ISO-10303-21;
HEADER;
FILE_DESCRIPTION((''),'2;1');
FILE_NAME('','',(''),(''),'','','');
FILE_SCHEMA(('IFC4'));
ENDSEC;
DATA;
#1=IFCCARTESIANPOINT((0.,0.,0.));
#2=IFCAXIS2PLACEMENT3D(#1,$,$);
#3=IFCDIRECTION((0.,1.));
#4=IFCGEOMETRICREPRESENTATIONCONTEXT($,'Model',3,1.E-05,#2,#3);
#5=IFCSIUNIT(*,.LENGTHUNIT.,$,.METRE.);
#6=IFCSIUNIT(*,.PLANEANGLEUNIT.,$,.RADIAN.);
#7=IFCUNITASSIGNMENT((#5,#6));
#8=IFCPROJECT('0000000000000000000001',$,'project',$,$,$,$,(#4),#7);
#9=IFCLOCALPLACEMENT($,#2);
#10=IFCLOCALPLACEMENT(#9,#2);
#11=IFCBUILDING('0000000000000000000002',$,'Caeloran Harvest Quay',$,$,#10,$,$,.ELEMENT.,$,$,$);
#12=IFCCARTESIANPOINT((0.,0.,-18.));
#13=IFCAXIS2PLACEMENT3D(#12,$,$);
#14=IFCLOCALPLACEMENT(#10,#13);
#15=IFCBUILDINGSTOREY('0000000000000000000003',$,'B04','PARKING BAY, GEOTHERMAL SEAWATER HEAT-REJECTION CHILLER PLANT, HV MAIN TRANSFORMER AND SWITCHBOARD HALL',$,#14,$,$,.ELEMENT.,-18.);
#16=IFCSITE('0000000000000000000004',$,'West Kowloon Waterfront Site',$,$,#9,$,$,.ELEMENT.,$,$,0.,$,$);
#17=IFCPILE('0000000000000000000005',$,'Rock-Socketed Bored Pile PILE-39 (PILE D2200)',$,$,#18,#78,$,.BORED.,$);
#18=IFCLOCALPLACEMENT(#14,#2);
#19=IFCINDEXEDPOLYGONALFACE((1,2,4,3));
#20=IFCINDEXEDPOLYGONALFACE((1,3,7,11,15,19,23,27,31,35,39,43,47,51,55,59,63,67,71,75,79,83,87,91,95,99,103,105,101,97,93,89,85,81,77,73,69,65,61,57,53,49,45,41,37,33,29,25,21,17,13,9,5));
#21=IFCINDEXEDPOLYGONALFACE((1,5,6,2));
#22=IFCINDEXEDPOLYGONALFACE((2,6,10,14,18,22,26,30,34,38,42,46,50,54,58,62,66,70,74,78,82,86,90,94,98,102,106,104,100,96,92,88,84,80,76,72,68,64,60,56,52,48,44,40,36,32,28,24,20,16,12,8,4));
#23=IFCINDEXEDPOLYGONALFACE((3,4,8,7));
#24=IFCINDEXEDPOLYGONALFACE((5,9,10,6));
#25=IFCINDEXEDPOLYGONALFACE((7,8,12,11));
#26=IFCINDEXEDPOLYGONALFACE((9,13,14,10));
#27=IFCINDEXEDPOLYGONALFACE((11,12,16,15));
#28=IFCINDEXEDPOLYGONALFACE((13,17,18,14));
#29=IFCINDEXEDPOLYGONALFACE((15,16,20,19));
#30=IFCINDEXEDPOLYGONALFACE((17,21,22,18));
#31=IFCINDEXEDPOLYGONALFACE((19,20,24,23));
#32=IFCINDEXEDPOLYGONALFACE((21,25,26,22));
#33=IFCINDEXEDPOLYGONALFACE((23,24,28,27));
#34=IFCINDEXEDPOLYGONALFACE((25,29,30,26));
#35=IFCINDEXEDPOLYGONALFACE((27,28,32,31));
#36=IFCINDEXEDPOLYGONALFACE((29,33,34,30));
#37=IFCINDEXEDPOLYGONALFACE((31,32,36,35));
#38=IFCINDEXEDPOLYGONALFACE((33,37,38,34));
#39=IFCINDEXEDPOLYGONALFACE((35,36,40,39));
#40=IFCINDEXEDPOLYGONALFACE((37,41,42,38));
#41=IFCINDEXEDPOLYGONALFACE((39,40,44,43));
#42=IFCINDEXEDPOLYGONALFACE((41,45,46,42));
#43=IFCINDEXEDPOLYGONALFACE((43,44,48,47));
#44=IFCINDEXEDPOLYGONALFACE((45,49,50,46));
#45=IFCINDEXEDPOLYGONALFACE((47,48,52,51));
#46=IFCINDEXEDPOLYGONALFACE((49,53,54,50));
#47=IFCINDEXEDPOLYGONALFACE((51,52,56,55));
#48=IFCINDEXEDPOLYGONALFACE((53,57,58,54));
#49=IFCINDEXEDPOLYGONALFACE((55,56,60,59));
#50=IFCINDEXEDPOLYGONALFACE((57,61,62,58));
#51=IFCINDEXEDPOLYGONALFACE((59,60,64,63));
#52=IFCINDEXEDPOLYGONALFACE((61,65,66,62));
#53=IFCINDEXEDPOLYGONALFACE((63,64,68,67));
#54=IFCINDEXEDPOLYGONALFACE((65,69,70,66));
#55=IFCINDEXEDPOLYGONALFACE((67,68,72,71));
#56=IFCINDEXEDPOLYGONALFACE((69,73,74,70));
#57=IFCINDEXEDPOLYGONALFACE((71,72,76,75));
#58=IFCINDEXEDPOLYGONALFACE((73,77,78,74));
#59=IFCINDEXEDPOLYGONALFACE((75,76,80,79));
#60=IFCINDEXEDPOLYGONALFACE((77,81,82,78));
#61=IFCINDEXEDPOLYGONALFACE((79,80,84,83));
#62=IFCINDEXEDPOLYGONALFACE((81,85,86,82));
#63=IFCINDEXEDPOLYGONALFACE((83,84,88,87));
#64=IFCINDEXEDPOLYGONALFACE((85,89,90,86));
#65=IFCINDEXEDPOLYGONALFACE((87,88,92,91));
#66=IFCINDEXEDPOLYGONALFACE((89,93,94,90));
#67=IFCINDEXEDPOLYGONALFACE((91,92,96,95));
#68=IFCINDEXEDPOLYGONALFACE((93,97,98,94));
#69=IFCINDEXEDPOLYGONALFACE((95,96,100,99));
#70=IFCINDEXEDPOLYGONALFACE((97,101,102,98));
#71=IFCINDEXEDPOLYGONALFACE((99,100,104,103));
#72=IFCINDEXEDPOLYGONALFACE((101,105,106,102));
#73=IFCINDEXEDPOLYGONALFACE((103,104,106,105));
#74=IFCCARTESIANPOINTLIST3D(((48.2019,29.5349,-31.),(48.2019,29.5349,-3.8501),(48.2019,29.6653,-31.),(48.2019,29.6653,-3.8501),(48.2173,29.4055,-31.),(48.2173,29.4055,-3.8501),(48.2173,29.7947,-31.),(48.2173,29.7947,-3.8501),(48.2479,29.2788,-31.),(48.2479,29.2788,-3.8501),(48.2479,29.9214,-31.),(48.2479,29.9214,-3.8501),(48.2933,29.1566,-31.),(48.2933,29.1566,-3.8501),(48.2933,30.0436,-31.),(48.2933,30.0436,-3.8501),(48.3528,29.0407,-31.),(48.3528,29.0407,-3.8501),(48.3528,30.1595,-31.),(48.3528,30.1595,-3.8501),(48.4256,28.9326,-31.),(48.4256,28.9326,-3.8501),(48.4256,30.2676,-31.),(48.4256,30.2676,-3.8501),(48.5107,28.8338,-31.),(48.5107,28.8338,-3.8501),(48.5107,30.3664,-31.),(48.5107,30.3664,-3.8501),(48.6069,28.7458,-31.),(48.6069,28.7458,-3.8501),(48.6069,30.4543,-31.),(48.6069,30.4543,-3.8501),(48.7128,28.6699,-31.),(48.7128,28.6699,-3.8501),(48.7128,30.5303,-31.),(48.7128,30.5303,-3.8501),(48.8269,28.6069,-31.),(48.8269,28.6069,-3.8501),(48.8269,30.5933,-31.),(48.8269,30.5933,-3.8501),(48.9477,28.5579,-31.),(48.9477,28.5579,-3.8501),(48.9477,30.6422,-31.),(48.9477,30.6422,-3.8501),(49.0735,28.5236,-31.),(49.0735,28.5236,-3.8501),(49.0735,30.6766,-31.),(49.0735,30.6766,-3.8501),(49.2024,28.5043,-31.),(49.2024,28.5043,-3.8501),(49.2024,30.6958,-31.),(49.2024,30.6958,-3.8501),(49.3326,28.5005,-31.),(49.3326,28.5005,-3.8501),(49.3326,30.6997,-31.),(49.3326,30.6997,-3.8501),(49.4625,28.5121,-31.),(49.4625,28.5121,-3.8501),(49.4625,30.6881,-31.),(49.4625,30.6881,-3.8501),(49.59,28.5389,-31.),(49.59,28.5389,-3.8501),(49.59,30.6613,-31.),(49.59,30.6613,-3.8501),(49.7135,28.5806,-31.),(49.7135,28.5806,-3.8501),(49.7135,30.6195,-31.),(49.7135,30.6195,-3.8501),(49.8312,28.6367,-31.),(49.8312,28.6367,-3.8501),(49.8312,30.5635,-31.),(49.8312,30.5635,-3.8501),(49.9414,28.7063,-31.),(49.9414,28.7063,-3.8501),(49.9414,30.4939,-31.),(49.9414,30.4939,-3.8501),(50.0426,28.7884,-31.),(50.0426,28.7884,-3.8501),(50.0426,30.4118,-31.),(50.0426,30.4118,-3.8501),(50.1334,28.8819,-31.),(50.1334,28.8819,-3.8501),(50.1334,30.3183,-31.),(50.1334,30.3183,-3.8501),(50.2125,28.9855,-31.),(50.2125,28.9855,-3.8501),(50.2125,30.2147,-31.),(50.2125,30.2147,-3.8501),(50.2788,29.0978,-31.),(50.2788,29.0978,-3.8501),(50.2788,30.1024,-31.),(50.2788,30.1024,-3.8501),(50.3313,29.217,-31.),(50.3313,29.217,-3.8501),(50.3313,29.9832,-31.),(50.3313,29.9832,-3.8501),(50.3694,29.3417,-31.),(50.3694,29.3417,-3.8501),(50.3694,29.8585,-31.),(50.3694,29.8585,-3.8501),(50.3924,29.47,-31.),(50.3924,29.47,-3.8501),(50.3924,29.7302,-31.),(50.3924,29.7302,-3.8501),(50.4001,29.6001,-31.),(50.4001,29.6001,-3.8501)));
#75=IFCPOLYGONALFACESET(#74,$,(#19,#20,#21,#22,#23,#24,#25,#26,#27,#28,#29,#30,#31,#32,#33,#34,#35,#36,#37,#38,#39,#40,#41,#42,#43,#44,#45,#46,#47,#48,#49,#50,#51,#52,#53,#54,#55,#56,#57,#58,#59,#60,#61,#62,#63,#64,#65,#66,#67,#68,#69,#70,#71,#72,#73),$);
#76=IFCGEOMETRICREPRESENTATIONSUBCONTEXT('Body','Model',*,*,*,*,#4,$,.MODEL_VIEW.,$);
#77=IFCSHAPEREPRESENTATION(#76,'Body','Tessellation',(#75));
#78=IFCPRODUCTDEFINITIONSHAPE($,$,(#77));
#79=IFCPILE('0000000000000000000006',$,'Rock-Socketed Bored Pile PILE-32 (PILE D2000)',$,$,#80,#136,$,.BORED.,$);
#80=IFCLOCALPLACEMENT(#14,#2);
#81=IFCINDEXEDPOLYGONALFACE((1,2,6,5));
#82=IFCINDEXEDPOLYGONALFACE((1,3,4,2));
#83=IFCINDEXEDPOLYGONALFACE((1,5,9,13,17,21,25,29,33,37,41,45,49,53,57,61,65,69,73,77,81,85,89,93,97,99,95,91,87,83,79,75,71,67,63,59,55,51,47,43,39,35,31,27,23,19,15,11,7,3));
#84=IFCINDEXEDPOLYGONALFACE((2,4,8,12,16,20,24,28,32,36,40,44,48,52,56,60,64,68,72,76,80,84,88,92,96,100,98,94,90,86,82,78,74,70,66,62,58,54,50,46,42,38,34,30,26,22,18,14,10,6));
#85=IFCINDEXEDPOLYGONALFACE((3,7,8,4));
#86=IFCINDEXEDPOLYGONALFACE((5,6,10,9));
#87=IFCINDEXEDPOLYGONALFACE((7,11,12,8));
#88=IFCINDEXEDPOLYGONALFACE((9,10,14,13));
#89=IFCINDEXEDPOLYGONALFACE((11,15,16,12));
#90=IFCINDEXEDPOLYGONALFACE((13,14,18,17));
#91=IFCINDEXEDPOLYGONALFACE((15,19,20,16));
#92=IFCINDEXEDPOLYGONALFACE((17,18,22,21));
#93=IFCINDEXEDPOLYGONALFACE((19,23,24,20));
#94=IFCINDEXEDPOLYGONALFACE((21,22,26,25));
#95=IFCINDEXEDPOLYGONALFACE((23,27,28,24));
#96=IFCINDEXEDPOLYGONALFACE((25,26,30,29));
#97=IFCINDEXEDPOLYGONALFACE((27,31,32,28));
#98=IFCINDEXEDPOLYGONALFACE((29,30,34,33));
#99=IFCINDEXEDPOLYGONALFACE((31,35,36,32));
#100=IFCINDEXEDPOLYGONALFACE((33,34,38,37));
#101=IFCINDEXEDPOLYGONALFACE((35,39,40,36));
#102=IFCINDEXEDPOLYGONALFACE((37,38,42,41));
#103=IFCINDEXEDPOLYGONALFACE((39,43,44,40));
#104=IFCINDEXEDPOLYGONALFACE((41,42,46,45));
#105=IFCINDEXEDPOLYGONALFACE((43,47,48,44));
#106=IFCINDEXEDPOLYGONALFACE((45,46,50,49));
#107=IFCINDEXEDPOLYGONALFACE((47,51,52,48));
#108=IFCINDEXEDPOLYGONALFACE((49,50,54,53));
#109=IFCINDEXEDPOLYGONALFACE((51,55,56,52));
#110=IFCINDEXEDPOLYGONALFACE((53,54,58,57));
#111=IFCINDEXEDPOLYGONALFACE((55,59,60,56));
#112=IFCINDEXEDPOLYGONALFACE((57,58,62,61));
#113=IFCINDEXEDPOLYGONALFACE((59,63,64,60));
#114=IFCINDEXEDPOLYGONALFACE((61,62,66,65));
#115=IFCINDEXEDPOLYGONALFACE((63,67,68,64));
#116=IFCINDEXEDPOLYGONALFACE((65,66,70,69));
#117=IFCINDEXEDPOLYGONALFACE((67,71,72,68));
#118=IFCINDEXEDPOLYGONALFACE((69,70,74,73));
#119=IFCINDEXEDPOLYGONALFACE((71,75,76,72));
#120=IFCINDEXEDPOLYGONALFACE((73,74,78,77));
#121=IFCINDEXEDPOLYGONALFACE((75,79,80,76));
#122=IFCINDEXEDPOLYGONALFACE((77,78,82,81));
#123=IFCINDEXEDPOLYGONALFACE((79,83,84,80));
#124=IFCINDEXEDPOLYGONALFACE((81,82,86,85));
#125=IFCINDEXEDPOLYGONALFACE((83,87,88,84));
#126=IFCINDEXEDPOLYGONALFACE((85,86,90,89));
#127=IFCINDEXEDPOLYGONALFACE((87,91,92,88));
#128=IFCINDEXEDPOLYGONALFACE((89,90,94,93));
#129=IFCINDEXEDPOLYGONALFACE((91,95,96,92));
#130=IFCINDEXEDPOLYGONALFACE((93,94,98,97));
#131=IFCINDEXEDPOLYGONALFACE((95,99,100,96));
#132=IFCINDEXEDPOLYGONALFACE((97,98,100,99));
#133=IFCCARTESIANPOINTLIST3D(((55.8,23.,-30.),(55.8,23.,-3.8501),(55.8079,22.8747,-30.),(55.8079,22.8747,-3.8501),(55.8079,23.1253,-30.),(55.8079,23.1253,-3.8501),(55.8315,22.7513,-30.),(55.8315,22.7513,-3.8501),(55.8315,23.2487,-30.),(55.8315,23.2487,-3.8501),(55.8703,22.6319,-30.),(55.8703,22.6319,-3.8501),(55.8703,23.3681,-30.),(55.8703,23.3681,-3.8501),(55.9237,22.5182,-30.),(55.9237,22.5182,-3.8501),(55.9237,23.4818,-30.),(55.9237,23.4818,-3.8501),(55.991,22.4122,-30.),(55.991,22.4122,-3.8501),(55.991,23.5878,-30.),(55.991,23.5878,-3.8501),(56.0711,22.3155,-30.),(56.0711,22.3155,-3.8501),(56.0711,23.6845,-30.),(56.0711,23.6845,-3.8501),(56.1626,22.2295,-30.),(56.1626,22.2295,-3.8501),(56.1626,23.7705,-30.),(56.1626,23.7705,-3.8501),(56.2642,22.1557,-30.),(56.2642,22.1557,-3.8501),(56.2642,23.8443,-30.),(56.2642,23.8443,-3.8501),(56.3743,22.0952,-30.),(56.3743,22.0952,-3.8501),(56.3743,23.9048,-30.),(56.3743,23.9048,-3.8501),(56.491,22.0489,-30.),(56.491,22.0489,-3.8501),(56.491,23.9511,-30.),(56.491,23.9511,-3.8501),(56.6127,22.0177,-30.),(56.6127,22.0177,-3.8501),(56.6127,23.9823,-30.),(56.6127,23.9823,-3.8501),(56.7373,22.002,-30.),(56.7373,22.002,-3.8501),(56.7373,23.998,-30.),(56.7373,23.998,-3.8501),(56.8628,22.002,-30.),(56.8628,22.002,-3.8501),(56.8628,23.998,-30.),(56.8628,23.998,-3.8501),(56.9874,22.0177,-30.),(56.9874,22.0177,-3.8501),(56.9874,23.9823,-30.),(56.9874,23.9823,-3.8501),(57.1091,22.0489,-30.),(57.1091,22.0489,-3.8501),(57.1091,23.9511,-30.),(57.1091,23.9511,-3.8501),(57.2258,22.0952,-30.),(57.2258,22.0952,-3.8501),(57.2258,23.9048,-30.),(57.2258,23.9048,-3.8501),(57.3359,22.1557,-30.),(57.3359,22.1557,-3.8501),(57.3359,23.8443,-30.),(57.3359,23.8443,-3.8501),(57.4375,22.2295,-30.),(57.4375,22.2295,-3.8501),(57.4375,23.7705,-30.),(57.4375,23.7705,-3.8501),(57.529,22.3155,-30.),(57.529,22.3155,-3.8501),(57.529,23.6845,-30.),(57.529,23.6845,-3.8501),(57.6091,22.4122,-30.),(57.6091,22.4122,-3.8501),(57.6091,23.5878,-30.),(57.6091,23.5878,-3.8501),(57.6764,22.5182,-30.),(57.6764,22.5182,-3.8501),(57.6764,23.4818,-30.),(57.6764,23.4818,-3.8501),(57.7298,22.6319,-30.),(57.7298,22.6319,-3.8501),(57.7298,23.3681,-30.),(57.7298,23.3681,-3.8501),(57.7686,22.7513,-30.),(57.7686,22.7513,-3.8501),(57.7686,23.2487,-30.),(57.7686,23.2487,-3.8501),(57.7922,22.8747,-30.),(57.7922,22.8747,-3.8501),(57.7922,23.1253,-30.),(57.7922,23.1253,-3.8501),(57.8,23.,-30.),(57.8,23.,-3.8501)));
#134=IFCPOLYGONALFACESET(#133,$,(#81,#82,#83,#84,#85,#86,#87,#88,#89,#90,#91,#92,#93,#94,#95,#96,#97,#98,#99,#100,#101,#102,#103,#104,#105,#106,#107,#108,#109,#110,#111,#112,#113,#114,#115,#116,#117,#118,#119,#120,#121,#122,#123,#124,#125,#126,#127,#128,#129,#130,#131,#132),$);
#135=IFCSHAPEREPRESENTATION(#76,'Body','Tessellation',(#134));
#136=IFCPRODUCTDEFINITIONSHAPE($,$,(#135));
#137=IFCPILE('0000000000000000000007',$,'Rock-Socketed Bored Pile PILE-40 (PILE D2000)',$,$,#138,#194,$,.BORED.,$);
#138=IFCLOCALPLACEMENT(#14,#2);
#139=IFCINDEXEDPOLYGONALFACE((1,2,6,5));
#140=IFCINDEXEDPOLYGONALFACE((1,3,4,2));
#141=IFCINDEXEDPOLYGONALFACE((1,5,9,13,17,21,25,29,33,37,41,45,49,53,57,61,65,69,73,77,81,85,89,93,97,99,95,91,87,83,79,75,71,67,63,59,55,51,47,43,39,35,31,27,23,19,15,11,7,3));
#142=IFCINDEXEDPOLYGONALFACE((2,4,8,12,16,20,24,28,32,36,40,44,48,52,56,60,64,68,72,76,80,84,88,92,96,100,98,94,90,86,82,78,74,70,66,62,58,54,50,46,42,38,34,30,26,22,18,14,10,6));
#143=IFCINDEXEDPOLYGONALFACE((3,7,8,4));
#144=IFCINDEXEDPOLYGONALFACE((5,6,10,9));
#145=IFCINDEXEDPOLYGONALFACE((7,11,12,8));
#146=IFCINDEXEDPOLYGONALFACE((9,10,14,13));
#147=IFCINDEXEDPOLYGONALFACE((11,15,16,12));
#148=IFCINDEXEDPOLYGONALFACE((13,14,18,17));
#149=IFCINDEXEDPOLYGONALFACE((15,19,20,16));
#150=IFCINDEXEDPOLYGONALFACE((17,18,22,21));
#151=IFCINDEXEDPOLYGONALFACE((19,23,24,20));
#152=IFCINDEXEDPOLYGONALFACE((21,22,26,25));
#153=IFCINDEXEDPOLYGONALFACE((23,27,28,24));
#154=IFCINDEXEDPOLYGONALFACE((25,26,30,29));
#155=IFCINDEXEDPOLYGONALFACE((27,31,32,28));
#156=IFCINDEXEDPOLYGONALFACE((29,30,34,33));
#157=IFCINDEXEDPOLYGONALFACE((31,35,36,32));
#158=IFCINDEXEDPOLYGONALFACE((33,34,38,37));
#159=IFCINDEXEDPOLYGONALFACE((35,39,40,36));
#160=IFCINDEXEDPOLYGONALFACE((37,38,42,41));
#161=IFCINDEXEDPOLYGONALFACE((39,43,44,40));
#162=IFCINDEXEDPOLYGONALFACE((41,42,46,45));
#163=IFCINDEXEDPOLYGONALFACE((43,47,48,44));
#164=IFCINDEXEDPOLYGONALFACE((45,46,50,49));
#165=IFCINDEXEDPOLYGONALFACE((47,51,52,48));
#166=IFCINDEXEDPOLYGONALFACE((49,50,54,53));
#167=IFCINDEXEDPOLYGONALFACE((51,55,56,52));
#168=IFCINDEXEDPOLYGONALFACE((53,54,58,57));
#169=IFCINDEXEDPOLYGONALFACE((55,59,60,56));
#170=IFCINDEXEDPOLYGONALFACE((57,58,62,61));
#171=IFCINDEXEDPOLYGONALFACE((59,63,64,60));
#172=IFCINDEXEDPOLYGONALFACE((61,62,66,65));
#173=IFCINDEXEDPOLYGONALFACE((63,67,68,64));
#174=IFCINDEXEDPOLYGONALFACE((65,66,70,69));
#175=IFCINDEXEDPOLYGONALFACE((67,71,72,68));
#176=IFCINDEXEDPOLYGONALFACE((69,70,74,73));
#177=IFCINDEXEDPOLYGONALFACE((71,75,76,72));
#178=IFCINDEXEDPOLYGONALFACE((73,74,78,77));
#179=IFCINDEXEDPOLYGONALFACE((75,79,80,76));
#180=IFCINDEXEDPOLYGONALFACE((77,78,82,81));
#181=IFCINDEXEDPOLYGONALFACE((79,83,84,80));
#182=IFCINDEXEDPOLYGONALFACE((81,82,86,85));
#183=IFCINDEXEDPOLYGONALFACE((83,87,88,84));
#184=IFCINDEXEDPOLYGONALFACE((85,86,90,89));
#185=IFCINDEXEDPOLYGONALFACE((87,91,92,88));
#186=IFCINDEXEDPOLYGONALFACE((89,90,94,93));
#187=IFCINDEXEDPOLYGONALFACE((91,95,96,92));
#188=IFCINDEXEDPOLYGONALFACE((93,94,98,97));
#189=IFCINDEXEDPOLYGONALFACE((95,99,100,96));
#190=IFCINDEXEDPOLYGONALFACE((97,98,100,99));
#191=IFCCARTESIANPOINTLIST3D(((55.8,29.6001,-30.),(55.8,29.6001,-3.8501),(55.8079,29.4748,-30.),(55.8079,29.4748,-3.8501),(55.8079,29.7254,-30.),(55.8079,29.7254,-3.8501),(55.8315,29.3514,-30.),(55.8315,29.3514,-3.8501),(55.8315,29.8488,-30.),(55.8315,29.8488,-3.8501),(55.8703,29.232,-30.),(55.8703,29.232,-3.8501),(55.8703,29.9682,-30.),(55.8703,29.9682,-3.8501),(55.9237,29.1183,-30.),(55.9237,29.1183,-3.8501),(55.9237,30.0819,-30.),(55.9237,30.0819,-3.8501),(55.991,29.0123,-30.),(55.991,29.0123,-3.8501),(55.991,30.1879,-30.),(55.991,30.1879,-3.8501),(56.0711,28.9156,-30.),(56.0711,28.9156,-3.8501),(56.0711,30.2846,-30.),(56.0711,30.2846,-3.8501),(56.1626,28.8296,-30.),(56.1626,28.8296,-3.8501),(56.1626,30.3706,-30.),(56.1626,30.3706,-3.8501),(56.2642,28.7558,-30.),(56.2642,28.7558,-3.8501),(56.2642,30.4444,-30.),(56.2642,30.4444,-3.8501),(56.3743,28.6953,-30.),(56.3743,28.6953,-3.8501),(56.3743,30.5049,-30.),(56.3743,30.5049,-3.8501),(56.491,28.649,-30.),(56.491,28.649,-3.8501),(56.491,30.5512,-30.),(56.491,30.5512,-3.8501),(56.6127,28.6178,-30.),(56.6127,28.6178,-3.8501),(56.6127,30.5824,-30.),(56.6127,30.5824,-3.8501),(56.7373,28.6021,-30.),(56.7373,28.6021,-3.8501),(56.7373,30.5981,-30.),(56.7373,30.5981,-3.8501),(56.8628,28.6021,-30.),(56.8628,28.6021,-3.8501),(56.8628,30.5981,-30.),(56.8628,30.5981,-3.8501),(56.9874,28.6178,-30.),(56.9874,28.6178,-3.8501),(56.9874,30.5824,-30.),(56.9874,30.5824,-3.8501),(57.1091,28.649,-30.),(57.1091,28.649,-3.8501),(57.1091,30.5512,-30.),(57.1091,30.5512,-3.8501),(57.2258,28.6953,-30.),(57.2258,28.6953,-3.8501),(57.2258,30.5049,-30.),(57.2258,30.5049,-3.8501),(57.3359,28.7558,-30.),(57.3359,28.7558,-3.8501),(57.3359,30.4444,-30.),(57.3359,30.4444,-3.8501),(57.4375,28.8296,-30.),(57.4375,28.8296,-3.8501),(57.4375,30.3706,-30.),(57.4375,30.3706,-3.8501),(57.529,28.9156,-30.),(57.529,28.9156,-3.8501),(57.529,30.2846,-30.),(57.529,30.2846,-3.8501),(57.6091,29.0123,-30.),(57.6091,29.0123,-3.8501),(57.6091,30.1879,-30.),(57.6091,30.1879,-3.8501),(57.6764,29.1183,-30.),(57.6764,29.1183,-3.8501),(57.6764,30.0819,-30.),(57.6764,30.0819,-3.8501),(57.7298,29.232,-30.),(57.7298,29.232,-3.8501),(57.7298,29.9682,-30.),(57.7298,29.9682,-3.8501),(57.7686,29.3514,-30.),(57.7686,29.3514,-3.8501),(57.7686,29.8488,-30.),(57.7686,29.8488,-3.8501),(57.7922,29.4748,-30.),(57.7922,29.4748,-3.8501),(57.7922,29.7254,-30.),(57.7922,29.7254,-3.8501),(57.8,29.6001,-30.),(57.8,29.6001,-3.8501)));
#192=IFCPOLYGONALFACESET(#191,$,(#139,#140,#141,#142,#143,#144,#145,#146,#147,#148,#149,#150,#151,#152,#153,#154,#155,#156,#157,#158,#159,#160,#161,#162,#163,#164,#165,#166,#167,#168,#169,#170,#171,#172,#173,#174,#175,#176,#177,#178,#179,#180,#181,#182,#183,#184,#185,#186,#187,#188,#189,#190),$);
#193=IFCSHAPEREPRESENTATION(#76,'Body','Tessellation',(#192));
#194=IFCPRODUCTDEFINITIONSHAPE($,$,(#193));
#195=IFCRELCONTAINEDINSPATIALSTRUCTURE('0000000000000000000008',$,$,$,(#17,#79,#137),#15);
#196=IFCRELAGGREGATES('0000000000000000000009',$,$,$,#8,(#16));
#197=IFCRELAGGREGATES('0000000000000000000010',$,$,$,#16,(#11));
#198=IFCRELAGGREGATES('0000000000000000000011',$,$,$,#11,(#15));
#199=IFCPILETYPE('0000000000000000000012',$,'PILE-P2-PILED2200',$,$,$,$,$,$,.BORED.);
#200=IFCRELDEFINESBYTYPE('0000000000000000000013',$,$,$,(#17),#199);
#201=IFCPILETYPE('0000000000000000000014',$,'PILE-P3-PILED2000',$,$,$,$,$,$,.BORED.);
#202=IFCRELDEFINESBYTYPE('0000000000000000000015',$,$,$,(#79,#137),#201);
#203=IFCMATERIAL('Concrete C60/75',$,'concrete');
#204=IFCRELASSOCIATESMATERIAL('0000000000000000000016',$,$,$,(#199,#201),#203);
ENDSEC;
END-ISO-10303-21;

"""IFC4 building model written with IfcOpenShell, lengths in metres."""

from ifc_helpers import new_model, si_unit, direction, frame, origin, origin_2d, place, context, subcontext, project, spatial, circle, extrude, material, material_profile, profile_set, type_object, element, save


model = new_model("IFC4")

# Units and contexts
model_context = context("Model", 3, precision=1e-05, world=origin(), true_north=direction((0.0, 1.0)))
body_context = subcontext(model_context, "Body", "Model", "MODEL_VIEW")
ifc_project = project(units=[si_unit("LENGTHUNIT", "METRE"), si_unit("PLANEANGLEUNIT", "RADIAN")], contexts=[model_context])

# Site, building, storey
site_placement = place(None, origin())
site = spatial("IfcSite", under=ifc_project, at=site_placement, Name="West Kowloon Waterfront Site", CompositionType="ELEMENT", RefElevation=0.0)
building_placement = place(site_placement, origin())
building = spatial("IfcBuilding", under=site, at=building_placement, Name="Caeloran Harvest Quay", CompositionType="ELEMENT")
storey_placement = place(building_placement, frame((0.0, 0.0, -18.0)))
storey = spatial("IfcBuildingStorey", under=building, at=storey_placement, Name="B04", Description="PARKING BAY, GEOTHERMAL SEAWATER HEAT-REJECTION CHILLER PLANT, HV MAIN TRANSFORMER AND SWITCHBOARD HALL", CompositionType="ELEMENT", Elevation=-18.0)

# Piles
ifc_material_1 = material(Name="Concrete C60/75", Category="concrete")
ifc_material_profile_1 = material_profile(ifc_material_1, circle(Radius=1.1001, at=origin_2d()), Name="PILE D2200")
ifc_profile_set_1 = profile_set([ifc_material_profile_1], Name="Concrete C60/75")
pile_type_1 = type_object("IfcPileType", Name="PILE-P2-PILED2200", PredefinedType="BORED", material=ifc_profile_set_1)
pile_placement = place(storey_placement, frame((49.3, 29.6001, -3.8501), z_axis=(0.0, 0.0, -1.0), x_axis=(1.0, 0.0, 0.0)))
element("IfcPile", 1, at=pile_placement, inside=storey, type_object=pile_type_1, Name="Rock-Socketed Bored Pile PILE-39 (PILE D2200)", PredefinedType="BORED", context=body_context, shape_type="SweptSolid", body=[
    extrude(circle(Radius=1.1001, at=origin_2d()), origin(), (0.0, 0.0, 1.0), 27.1499),
])
ifc_material_profile_2 = material_profile(ifc_material_1, circle(Radius=1.0, at=origin_2d()), Name="PILE D2000")
ifc_profile_set_2 = profile_set([ifc_material_profile_2], Name="Concrete C60/75")
pile_type_2 = type_object("IfcPileType", Name="PILE-P3-PILED2000", PredefinedType="BORED", material=ifc_profile_set_2)
for number, where, z_axis, x_axis, name in (
    (2, (56.8, 23.0, -3.8501), (0.0, 0.0, -1.0), (1.0, 0.0, 0.0), "Rock-Socketed Bored Pile PILE-32 (PILE D2000)"),
    (3, (56.8, 29.6001, -3.8501), (0.0, 0.0, -1.0), (1.0, 0.0, 0.0), "Rock-Socketed Bored Pile PILE-40 (PILE D2000)"),
):
    element("IfcPile", number, at=place(storey_placement, frame(where, z_axis=z_axis, x_axis=x_axis)), inside=storey, type_object=pile_type_2, Name=name, PredefinedType="BORED", context=body_context, shape_type="SweptSolid", body=[
        extrude(circle(Radius=1.0, at=origin_2d()), origin(), (0.0, 0.0, 1.0), 26.1499),
    ])

save(model, "model.ifc")
